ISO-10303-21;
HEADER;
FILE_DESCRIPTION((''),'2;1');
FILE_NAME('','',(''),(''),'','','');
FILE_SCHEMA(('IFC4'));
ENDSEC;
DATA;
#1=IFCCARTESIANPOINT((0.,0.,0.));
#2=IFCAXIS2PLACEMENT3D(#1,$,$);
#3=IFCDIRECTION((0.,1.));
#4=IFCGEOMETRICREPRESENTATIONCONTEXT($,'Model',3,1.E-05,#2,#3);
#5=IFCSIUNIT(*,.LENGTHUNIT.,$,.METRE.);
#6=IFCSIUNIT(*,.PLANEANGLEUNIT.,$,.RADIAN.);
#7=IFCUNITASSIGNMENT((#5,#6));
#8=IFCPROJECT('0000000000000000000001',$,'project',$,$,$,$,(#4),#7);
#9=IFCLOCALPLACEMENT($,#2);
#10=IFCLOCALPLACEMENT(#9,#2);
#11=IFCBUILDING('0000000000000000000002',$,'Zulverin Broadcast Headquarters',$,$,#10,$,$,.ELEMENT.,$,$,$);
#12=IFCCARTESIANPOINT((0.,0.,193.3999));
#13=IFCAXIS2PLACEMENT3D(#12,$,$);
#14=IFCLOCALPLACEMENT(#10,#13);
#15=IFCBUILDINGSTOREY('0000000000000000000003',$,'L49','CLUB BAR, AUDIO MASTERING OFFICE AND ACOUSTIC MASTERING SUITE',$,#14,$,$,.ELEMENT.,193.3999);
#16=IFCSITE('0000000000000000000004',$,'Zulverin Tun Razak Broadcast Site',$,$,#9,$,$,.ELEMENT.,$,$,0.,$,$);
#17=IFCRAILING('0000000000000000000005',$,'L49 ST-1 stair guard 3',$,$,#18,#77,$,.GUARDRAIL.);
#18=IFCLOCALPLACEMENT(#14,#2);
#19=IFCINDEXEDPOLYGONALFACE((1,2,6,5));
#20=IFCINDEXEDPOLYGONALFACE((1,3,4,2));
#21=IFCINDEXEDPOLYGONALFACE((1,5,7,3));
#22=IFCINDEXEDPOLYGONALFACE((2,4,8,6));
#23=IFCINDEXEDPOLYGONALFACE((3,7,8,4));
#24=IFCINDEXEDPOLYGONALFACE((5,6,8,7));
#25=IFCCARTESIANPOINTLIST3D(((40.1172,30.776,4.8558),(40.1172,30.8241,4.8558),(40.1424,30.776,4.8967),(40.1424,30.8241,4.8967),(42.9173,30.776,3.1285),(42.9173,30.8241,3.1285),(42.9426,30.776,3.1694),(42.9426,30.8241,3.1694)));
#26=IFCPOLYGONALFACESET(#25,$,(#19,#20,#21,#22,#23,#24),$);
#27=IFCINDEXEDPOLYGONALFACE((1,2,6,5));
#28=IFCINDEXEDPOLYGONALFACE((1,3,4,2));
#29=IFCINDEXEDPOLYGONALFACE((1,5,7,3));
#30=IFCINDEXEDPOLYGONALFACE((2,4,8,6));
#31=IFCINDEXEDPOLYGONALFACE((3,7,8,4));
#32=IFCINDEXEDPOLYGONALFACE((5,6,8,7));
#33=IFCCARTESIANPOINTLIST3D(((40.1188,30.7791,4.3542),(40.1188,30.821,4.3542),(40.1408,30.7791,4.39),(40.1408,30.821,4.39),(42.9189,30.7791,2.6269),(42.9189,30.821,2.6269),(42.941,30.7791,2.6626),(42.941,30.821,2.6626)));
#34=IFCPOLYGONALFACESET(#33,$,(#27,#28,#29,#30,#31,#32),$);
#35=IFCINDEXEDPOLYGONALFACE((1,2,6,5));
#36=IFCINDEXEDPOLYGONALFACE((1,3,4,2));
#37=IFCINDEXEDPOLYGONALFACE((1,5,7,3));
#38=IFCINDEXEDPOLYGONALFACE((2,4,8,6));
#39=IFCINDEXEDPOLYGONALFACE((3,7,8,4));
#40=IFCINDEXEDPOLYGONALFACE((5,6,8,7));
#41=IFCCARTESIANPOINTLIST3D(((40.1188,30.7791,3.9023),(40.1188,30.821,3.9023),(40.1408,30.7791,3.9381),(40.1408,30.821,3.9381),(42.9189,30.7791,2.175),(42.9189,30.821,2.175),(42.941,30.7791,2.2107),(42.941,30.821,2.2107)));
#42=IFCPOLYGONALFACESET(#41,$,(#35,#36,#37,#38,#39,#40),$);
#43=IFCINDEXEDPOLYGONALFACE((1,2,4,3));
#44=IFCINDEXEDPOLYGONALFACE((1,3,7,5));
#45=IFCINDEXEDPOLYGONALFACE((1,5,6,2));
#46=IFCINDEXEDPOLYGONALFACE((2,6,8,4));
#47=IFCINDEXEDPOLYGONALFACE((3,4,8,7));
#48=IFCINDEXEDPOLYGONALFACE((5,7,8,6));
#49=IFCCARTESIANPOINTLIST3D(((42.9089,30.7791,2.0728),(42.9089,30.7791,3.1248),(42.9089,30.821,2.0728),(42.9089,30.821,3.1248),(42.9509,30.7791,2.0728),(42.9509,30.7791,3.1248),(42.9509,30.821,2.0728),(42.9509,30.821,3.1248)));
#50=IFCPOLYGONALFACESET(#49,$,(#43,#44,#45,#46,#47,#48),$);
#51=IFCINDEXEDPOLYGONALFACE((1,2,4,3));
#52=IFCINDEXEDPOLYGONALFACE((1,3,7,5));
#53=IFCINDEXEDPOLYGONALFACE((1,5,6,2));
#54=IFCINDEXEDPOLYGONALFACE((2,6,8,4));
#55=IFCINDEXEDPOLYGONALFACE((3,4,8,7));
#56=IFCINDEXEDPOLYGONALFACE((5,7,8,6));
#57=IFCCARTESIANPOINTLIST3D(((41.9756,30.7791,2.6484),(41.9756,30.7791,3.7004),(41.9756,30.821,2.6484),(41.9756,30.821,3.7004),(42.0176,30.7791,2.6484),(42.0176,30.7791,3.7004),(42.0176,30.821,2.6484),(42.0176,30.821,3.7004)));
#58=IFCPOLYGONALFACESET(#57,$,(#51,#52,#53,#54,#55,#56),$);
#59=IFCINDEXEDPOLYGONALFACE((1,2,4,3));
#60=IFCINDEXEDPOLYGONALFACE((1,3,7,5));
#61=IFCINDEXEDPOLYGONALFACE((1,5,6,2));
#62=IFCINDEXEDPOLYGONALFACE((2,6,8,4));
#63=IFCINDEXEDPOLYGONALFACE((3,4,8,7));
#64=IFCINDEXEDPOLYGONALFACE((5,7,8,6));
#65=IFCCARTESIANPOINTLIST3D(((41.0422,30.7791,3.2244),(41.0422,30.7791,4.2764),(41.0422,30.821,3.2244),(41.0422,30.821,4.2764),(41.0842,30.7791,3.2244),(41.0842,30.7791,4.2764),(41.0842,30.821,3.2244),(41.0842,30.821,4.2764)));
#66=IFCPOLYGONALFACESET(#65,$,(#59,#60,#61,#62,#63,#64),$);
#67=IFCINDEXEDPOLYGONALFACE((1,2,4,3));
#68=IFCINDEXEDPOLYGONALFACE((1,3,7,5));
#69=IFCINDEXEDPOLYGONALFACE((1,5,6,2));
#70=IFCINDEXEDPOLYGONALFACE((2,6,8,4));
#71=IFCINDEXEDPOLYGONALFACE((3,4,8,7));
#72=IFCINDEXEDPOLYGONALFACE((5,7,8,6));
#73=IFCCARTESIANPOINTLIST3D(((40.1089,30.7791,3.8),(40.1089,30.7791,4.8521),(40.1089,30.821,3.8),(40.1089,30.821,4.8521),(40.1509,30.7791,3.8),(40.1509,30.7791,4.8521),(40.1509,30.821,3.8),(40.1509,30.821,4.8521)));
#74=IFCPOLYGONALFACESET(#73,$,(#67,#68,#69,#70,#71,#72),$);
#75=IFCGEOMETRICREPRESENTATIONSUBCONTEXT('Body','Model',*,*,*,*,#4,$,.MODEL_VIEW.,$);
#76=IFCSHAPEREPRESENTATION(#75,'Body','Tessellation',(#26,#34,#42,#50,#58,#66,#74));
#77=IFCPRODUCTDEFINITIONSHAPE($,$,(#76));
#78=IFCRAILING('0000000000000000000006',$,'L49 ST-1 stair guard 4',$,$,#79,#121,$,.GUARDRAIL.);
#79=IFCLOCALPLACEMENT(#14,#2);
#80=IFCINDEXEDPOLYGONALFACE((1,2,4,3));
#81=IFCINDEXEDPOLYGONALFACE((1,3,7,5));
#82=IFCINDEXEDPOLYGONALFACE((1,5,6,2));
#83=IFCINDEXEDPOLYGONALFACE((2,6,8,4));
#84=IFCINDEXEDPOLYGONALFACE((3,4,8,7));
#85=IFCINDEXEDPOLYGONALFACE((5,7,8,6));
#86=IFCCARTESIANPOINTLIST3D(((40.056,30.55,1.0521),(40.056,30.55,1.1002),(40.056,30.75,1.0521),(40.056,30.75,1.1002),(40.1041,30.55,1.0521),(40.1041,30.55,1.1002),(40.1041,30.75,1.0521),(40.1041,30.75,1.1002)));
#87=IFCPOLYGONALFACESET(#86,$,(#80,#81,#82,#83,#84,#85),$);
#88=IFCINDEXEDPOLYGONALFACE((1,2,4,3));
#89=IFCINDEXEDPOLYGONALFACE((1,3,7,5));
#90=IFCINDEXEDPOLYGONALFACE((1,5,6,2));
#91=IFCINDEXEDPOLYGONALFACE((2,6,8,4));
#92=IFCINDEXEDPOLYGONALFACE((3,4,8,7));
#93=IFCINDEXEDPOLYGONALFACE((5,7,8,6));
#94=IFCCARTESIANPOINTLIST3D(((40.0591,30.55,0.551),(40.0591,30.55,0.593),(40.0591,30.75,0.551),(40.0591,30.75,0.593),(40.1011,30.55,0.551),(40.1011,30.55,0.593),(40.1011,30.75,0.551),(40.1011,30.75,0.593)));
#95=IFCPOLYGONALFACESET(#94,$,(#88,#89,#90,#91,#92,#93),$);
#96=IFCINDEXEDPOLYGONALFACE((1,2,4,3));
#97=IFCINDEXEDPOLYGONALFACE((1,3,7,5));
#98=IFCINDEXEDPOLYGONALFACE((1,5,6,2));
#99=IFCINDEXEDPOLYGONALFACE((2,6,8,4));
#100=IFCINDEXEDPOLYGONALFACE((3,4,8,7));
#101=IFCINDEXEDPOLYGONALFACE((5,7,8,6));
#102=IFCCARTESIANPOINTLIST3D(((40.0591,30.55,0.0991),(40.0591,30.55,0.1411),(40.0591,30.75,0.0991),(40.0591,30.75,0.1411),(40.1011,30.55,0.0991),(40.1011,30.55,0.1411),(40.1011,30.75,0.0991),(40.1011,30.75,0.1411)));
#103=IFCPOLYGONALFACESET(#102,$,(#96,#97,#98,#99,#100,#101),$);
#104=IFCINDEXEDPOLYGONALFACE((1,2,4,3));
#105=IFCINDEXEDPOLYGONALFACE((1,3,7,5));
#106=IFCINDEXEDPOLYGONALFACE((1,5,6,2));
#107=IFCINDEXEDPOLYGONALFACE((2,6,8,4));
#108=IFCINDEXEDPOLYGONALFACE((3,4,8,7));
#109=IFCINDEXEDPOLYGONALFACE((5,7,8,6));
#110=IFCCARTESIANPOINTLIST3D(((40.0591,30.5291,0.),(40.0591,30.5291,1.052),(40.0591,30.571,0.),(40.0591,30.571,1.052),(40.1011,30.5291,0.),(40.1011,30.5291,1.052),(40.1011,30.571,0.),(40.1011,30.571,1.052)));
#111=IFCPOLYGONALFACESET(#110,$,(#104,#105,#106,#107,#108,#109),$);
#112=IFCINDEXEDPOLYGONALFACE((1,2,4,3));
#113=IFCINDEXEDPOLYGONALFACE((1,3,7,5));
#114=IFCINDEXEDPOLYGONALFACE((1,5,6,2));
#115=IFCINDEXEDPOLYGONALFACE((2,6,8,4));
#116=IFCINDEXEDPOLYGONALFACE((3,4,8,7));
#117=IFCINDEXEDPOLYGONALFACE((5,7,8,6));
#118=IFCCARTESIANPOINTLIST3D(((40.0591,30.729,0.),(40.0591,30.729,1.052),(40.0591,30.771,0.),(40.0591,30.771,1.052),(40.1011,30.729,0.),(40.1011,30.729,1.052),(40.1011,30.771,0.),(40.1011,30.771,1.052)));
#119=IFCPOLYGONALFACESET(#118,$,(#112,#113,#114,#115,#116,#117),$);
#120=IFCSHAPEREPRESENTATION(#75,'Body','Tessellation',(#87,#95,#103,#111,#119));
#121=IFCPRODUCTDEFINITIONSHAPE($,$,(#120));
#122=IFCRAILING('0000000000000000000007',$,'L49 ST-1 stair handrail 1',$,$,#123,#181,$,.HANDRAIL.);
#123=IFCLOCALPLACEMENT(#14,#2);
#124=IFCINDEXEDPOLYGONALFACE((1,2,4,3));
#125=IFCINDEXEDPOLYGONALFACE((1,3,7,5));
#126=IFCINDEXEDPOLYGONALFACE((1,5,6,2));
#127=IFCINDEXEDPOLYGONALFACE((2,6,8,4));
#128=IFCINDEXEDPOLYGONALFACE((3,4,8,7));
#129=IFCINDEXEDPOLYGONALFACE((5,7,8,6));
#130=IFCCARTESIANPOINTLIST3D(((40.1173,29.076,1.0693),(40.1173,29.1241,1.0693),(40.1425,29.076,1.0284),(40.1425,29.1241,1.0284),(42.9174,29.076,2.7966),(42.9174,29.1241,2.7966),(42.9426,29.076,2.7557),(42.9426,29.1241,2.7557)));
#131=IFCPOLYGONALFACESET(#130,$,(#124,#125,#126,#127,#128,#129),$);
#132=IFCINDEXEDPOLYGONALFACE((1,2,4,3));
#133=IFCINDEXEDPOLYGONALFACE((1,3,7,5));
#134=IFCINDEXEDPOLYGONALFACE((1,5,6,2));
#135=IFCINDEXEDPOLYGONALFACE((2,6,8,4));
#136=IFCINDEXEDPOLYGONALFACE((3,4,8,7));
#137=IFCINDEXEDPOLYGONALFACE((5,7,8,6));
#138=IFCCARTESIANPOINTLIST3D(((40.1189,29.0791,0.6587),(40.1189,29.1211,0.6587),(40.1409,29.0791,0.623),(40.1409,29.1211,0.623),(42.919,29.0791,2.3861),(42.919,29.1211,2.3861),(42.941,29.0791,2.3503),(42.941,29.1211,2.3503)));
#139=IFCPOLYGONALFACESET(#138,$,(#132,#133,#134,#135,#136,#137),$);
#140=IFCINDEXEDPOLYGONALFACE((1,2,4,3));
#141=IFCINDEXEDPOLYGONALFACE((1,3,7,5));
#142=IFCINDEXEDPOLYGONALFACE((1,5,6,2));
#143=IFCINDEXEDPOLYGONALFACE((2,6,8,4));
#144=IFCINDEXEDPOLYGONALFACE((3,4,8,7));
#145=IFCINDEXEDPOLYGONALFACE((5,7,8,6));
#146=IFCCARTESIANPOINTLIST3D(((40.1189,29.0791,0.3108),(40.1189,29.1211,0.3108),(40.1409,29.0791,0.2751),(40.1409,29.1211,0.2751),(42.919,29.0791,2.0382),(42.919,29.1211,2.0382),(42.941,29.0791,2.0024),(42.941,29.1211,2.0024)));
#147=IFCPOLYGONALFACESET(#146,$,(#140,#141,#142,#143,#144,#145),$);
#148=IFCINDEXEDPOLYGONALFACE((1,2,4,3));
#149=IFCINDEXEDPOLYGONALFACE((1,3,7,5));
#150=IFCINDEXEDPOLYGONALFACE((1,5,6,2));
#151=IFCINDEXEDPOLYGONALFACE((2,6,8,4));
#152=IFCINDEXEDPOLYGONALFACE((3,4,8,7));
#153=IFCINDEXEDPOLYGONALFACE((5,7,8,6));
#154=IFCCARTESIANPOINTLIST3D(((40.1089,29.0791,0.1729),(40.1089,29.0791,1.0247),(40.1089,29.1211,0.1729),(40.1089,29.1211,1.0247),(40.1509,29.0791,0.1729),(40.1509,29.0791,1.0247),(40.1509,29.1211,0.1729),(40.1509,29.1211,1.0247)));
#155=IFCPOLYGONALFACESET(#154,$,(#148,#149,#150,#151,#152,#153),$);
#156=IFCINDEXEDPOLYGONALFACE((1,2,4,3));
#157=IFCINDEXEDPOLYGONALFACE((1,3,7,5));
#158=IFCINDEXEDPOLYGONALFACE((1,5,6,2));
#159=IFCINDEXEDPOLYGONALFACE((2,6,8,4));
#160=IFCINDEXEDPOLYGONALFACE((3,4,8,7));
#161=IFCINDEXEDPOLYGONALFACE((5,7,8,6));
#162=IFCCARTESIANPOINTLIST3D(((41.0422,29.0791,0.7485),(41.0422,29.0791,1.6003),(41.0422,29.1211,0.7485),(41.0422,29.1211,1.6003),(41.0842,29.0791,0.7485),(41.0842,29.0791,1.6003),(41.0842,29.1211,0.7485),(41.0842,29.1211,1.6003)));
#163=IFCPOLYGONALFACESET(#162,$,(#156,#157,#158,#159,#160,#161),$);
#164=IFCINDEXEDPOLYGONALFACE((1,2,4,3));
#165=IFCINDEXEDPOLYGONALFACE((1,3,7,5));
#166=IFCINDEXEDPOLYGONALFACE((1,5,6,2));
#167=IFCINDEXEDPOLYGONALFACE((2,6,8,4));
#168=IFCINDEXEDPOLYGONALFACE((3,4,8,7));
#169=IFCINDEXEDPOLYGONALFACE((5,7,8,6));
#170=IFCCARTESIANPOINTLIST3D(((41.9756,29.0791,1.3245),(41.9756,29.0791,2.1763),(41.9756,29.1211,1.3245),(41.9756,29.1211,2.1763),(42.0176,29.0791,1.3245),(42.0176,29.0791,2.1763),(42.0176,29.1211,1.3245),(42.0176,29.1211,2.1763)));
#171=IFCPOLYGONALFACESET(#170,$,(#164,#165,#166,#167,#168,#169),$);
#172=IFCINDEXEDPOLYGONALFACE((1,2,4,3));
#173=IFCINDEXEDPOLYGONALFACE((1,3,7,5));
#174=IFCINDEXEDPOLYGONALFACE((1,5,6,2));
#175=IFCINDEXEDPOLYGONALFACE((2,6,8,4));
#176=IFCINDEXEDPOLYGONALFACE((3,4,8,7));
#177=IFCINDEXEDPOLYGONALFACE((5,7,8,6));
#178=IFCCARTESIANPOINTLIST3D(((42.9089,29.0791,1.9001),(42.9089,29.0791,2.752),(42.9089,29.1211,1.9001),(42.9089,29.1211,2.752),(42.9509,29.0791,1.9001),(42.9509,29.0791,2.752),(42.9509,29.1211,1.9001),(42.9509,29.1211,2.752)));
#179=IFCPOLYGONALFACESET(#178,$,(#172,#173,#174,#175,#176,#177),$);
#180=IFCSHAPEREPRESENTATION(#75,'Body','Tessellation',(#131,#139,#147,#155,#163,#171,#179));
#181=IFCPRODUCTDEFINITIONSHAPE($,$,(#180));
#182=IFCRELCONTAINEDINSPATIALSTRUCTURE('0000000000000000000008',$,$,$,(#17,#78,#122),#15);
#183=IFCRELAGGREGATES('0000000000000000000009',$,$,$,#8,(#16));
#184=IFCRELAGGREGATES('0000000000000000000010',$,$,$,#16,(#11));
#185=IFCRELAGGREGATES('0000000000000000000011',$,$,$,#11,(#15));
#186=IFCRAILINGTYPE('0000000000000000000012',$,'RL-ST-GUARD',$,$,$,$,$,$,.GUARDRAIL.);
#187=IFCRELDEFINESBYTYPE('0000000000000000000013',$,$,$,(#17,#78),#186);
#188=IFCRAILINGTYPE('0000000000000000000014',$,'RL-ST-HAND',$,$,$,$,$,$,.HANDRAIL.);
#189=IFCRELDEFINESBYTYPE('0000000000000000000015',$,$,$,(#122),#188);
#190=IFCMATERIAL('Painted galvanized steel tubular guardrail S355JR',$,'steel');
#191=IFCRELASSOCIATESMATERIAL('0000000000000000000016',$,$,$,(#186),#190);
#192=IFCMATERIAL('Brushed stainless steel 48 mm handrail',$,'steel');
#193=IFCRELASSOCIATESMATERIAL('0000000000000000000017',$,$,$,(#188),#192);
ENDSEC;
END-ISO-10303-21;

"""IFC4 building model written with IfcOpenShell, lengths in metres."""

from ifc_helpers import new_model, si_unit, direction, frame, origin, origin_2d, place, context, subcontext, project, spatial, rectangle, extrude, material, type_object, element, save


model = new_model("IFC4")

# Units and contexts
model_context = context("Model", 3, precision=1e-05, world=origin(), true_north=direction((0.0, 1.0)))
body_context = subcontext(model_context, "Body", "Model", "MODEL_VIEW")
ifc_project = project(units=[si_unit("LENGTHUNIT", "METRE"), si_unit("PLANEANGLEUNIT", "RADIAN")], contexts=[model_context])

# Site, building, storey
site_placement = place(None, origin())
site = spatial("IfcSite", under=ifc_project, at=site_placement, Name="Zulverin Tun Razak Broadcast Site", CompositionType="ELEMENT", RefElevation=0.0)
building_placement = place(site_placement, origin())
building = spatial("IfcBuilding", under=site, at=building_placement, Name="Zulverin Broadcast Headquarters", CompositionType="ELEMENT")
storey_placement = place(building_placement, frame((0.0, 0.0, 193.3999)))
storey = spatial("IfcBuildingStorey", under=building, at=storey_placement, Name="L49", Description="CLUB BAR, AUDIO MASTERING OFFICE AND ACOUSTIC MASTERING SUITE", CompositionType="ELEMENT", Elevation=193.3999)

# Railings
ifc_material_1 = material(Name="Painted galvanized steel tubular guardrail S355JR", Category="steel")
railing_type_1 = type_object("IfcRailingType", Name="RL-ST-GUARD", PredefinedType="GUARDRAIL", material=ifc_material_1)
railing_1_placement = place(storey_placement, frame((42.9299, 30.8, 2.0728)))
element("IfcRailing", 1, at=railing_1_placement, inside=storey, type_object=railing_type_1, Name="L49 ST-1 stair guard 3", PredefinedType="GUARDRAIL", context=body_context, shape_type="SweptSolid", body=[
    extrude(rectangle(XDim=0.0481, YDim=0.0481, at=origin_2d()), frame((0.0, 0.0, 1.0762), z_axis=(-0.85109, 0.0, 0.52502), x_axis=(0.0, -1.0, 0.0)), (0.0, 0.0, 1.0), 3.29),
    extrude(rectangle(XDim=0.042, YDim=0.042, at=origin_2d()), frame((0.0, 0.0, 0.572), z_axis=(-0.85109, 0.0, 0.52502), x_axis=(0.0, -1.0, 0.0)), (0.0, 0.0, 1.0), 3.29),
    extrude(rectangle(XDim=0.042, YDim=0.042, at=origin_2d()), frame((0.0, 0.0, 0.1201), z_axis=(-0.85109, 0.0, 0.52502), x_axis=(0.0, -1.0, 0.0)), (0.0, 0.0, 1.0), 3.29),
    extrude(rectangle(XDim=0.042, YDim=0.042, at=origin_2d()), origin(), (0.0, 0.0, 1.0), 1.052),
    extrude(rectangle(XDim=0.042, YDim=0.042, at=origin_2d()), frame((-0.9333, 0.0, 0.5757)), (0.0, 0.0, 1.0), 1.052),
    extrude(rectangle(XDim=0.042, YDim=0.042, at=origin_2d()), frame((-1.8667, 0.0, 1.1516)), (0.0, 0.0, 1.0), 1.052),
    extrude(rectangle(XDim=0.042, YDim=0.042, at=origin_2d()), frame((-2.8, 0.0, 1.7273)), (0.0, 0.0, 1.0), 1.052),
])
railing_2_placement = place(storey_placement, frame((40.0801, 30.55, 0.0)))
element("IfcRailing", 2, at=railing_2_placement, inside=storey, type_object=railing_type_1, Name="L49 ST-1 stair guard 4", PredefinedType="GUARDRAIL", context=body_context, shape_type="SweptSolid", body=[
    extrude(rectangle(XDim=0.0481, YDim=0.0481, at=origin_2d()), frame((0.0, 0.0, 1.0762), z_axis=(0.0, 1.0, 0.0), x_axis=(-1.0, 0.0, 0.0)), (0.0, 0.0, 1.0), 0.2),
    extrude(rectangle(XDim=0.042, YDim=0.042, at=origin_2d()), frame((0.0, 0.0, 0.572), z_axis=(0.0, 1.0, 0.0), x_axis=(-1.0, 0.0, 0.0)), (0.0, 0.0, 1.0), 0.2),
    extrude(rectangle(XDim=0.042, YDim=0.042, at=origin_2d()), frame((0.0, 0.0, 0.1201), z_axis=(0.0, 1.0, 0.0), x_axis=(-1.0, 0.0, 0.0)), (0.0, 0.0, 1.0), 0.2),
    extrude(rectangle(XDim=0.042, YDim=0.042, at=origin_2d()), origin(), (0.0, 0.0, 1.0), 1.052),
    extrude(rectangle(XDim=0.042, YDim=0.042, at=origin_2d()), frame((0.0, 0.2, 0.0)), (0.0, 0.0, 1.0), 1.052),
])
ifc_material_2 = material(Name="Brushed stainless steel 48 mm handrail", Category="steel")
railing_type_2 = type_object("IfcRailingType", Name="RL-ST-HAND", PredefinedType="HANDRAIL", material=ifc_material_2)
railing_3_placement = place(storey_placement, frame((40.1299, 29.1001, 0.1729)))
element("IfcRailing", 3, at=railing_3_placement, inside=storey, type_object=railing_type_2, Name="L49 ST-1 stair handrail 1", PredefinedType="HANDRAIL", context=body_context, shape_type="SweptSolid", body=[
    extrude(rectangle(XDim=0.0481, YDim=0.0481, at=origin_2d()), frame((0.0, 0.0, 0.876), z_axis=(0.85109, 0.0, 0.52502), x_axis=(0.0, 1.0, 0.0)), (0.0, 0.0, 1.0), 3.29),
    extrude(rectangle(XDim=0.042, YDim=0.042, at=origin_2d()), frame((0.0, 0.0, 0.468), z_axis=(0.85109, 0.0, 0.52502), x_axis=(0.0, 1.0, 0.0)), (0.0, 0.0, 1.0), 3.29),
    extrude(rectangle(XDim=0.042, YDim=0.042, at=origin_2d()), frame((0.0, 0.0, 0.1201), z_axis=(0.85109, 0.0, 0.52502), x_axis=(0.0, 1.0, 0.0)), (0.0, 0.0, 1.0), 3.29),
    extrude(rectangle(XDim=0.042, YDim=0.042, at=origin_2d()), origin(), (0.0, 0.0, 1.0), 0.8518),
    extrude(rectangle(XDim=0.042, YDim=0.042, at=origin_2d()), frame((0.9333, 0.0, 0.5757)), (0.0, 0.0, 1.0), 0.8518),
    extrude(rectangle(XDim=0.042, YDim=0.042, at=origin_2d()), frame((1.8667, 0.0, 1.1516)), (0.0, 0.0, 1.0), 0.8518),
    extrude(rectangle(XDim=0.042, YDim=0.042, at=origin_2d()), frame((2.8, 0.0, 1.7273)), (0.0, 0.0, 1.0), 0.8518),
])

save(model, "model.ifc")
